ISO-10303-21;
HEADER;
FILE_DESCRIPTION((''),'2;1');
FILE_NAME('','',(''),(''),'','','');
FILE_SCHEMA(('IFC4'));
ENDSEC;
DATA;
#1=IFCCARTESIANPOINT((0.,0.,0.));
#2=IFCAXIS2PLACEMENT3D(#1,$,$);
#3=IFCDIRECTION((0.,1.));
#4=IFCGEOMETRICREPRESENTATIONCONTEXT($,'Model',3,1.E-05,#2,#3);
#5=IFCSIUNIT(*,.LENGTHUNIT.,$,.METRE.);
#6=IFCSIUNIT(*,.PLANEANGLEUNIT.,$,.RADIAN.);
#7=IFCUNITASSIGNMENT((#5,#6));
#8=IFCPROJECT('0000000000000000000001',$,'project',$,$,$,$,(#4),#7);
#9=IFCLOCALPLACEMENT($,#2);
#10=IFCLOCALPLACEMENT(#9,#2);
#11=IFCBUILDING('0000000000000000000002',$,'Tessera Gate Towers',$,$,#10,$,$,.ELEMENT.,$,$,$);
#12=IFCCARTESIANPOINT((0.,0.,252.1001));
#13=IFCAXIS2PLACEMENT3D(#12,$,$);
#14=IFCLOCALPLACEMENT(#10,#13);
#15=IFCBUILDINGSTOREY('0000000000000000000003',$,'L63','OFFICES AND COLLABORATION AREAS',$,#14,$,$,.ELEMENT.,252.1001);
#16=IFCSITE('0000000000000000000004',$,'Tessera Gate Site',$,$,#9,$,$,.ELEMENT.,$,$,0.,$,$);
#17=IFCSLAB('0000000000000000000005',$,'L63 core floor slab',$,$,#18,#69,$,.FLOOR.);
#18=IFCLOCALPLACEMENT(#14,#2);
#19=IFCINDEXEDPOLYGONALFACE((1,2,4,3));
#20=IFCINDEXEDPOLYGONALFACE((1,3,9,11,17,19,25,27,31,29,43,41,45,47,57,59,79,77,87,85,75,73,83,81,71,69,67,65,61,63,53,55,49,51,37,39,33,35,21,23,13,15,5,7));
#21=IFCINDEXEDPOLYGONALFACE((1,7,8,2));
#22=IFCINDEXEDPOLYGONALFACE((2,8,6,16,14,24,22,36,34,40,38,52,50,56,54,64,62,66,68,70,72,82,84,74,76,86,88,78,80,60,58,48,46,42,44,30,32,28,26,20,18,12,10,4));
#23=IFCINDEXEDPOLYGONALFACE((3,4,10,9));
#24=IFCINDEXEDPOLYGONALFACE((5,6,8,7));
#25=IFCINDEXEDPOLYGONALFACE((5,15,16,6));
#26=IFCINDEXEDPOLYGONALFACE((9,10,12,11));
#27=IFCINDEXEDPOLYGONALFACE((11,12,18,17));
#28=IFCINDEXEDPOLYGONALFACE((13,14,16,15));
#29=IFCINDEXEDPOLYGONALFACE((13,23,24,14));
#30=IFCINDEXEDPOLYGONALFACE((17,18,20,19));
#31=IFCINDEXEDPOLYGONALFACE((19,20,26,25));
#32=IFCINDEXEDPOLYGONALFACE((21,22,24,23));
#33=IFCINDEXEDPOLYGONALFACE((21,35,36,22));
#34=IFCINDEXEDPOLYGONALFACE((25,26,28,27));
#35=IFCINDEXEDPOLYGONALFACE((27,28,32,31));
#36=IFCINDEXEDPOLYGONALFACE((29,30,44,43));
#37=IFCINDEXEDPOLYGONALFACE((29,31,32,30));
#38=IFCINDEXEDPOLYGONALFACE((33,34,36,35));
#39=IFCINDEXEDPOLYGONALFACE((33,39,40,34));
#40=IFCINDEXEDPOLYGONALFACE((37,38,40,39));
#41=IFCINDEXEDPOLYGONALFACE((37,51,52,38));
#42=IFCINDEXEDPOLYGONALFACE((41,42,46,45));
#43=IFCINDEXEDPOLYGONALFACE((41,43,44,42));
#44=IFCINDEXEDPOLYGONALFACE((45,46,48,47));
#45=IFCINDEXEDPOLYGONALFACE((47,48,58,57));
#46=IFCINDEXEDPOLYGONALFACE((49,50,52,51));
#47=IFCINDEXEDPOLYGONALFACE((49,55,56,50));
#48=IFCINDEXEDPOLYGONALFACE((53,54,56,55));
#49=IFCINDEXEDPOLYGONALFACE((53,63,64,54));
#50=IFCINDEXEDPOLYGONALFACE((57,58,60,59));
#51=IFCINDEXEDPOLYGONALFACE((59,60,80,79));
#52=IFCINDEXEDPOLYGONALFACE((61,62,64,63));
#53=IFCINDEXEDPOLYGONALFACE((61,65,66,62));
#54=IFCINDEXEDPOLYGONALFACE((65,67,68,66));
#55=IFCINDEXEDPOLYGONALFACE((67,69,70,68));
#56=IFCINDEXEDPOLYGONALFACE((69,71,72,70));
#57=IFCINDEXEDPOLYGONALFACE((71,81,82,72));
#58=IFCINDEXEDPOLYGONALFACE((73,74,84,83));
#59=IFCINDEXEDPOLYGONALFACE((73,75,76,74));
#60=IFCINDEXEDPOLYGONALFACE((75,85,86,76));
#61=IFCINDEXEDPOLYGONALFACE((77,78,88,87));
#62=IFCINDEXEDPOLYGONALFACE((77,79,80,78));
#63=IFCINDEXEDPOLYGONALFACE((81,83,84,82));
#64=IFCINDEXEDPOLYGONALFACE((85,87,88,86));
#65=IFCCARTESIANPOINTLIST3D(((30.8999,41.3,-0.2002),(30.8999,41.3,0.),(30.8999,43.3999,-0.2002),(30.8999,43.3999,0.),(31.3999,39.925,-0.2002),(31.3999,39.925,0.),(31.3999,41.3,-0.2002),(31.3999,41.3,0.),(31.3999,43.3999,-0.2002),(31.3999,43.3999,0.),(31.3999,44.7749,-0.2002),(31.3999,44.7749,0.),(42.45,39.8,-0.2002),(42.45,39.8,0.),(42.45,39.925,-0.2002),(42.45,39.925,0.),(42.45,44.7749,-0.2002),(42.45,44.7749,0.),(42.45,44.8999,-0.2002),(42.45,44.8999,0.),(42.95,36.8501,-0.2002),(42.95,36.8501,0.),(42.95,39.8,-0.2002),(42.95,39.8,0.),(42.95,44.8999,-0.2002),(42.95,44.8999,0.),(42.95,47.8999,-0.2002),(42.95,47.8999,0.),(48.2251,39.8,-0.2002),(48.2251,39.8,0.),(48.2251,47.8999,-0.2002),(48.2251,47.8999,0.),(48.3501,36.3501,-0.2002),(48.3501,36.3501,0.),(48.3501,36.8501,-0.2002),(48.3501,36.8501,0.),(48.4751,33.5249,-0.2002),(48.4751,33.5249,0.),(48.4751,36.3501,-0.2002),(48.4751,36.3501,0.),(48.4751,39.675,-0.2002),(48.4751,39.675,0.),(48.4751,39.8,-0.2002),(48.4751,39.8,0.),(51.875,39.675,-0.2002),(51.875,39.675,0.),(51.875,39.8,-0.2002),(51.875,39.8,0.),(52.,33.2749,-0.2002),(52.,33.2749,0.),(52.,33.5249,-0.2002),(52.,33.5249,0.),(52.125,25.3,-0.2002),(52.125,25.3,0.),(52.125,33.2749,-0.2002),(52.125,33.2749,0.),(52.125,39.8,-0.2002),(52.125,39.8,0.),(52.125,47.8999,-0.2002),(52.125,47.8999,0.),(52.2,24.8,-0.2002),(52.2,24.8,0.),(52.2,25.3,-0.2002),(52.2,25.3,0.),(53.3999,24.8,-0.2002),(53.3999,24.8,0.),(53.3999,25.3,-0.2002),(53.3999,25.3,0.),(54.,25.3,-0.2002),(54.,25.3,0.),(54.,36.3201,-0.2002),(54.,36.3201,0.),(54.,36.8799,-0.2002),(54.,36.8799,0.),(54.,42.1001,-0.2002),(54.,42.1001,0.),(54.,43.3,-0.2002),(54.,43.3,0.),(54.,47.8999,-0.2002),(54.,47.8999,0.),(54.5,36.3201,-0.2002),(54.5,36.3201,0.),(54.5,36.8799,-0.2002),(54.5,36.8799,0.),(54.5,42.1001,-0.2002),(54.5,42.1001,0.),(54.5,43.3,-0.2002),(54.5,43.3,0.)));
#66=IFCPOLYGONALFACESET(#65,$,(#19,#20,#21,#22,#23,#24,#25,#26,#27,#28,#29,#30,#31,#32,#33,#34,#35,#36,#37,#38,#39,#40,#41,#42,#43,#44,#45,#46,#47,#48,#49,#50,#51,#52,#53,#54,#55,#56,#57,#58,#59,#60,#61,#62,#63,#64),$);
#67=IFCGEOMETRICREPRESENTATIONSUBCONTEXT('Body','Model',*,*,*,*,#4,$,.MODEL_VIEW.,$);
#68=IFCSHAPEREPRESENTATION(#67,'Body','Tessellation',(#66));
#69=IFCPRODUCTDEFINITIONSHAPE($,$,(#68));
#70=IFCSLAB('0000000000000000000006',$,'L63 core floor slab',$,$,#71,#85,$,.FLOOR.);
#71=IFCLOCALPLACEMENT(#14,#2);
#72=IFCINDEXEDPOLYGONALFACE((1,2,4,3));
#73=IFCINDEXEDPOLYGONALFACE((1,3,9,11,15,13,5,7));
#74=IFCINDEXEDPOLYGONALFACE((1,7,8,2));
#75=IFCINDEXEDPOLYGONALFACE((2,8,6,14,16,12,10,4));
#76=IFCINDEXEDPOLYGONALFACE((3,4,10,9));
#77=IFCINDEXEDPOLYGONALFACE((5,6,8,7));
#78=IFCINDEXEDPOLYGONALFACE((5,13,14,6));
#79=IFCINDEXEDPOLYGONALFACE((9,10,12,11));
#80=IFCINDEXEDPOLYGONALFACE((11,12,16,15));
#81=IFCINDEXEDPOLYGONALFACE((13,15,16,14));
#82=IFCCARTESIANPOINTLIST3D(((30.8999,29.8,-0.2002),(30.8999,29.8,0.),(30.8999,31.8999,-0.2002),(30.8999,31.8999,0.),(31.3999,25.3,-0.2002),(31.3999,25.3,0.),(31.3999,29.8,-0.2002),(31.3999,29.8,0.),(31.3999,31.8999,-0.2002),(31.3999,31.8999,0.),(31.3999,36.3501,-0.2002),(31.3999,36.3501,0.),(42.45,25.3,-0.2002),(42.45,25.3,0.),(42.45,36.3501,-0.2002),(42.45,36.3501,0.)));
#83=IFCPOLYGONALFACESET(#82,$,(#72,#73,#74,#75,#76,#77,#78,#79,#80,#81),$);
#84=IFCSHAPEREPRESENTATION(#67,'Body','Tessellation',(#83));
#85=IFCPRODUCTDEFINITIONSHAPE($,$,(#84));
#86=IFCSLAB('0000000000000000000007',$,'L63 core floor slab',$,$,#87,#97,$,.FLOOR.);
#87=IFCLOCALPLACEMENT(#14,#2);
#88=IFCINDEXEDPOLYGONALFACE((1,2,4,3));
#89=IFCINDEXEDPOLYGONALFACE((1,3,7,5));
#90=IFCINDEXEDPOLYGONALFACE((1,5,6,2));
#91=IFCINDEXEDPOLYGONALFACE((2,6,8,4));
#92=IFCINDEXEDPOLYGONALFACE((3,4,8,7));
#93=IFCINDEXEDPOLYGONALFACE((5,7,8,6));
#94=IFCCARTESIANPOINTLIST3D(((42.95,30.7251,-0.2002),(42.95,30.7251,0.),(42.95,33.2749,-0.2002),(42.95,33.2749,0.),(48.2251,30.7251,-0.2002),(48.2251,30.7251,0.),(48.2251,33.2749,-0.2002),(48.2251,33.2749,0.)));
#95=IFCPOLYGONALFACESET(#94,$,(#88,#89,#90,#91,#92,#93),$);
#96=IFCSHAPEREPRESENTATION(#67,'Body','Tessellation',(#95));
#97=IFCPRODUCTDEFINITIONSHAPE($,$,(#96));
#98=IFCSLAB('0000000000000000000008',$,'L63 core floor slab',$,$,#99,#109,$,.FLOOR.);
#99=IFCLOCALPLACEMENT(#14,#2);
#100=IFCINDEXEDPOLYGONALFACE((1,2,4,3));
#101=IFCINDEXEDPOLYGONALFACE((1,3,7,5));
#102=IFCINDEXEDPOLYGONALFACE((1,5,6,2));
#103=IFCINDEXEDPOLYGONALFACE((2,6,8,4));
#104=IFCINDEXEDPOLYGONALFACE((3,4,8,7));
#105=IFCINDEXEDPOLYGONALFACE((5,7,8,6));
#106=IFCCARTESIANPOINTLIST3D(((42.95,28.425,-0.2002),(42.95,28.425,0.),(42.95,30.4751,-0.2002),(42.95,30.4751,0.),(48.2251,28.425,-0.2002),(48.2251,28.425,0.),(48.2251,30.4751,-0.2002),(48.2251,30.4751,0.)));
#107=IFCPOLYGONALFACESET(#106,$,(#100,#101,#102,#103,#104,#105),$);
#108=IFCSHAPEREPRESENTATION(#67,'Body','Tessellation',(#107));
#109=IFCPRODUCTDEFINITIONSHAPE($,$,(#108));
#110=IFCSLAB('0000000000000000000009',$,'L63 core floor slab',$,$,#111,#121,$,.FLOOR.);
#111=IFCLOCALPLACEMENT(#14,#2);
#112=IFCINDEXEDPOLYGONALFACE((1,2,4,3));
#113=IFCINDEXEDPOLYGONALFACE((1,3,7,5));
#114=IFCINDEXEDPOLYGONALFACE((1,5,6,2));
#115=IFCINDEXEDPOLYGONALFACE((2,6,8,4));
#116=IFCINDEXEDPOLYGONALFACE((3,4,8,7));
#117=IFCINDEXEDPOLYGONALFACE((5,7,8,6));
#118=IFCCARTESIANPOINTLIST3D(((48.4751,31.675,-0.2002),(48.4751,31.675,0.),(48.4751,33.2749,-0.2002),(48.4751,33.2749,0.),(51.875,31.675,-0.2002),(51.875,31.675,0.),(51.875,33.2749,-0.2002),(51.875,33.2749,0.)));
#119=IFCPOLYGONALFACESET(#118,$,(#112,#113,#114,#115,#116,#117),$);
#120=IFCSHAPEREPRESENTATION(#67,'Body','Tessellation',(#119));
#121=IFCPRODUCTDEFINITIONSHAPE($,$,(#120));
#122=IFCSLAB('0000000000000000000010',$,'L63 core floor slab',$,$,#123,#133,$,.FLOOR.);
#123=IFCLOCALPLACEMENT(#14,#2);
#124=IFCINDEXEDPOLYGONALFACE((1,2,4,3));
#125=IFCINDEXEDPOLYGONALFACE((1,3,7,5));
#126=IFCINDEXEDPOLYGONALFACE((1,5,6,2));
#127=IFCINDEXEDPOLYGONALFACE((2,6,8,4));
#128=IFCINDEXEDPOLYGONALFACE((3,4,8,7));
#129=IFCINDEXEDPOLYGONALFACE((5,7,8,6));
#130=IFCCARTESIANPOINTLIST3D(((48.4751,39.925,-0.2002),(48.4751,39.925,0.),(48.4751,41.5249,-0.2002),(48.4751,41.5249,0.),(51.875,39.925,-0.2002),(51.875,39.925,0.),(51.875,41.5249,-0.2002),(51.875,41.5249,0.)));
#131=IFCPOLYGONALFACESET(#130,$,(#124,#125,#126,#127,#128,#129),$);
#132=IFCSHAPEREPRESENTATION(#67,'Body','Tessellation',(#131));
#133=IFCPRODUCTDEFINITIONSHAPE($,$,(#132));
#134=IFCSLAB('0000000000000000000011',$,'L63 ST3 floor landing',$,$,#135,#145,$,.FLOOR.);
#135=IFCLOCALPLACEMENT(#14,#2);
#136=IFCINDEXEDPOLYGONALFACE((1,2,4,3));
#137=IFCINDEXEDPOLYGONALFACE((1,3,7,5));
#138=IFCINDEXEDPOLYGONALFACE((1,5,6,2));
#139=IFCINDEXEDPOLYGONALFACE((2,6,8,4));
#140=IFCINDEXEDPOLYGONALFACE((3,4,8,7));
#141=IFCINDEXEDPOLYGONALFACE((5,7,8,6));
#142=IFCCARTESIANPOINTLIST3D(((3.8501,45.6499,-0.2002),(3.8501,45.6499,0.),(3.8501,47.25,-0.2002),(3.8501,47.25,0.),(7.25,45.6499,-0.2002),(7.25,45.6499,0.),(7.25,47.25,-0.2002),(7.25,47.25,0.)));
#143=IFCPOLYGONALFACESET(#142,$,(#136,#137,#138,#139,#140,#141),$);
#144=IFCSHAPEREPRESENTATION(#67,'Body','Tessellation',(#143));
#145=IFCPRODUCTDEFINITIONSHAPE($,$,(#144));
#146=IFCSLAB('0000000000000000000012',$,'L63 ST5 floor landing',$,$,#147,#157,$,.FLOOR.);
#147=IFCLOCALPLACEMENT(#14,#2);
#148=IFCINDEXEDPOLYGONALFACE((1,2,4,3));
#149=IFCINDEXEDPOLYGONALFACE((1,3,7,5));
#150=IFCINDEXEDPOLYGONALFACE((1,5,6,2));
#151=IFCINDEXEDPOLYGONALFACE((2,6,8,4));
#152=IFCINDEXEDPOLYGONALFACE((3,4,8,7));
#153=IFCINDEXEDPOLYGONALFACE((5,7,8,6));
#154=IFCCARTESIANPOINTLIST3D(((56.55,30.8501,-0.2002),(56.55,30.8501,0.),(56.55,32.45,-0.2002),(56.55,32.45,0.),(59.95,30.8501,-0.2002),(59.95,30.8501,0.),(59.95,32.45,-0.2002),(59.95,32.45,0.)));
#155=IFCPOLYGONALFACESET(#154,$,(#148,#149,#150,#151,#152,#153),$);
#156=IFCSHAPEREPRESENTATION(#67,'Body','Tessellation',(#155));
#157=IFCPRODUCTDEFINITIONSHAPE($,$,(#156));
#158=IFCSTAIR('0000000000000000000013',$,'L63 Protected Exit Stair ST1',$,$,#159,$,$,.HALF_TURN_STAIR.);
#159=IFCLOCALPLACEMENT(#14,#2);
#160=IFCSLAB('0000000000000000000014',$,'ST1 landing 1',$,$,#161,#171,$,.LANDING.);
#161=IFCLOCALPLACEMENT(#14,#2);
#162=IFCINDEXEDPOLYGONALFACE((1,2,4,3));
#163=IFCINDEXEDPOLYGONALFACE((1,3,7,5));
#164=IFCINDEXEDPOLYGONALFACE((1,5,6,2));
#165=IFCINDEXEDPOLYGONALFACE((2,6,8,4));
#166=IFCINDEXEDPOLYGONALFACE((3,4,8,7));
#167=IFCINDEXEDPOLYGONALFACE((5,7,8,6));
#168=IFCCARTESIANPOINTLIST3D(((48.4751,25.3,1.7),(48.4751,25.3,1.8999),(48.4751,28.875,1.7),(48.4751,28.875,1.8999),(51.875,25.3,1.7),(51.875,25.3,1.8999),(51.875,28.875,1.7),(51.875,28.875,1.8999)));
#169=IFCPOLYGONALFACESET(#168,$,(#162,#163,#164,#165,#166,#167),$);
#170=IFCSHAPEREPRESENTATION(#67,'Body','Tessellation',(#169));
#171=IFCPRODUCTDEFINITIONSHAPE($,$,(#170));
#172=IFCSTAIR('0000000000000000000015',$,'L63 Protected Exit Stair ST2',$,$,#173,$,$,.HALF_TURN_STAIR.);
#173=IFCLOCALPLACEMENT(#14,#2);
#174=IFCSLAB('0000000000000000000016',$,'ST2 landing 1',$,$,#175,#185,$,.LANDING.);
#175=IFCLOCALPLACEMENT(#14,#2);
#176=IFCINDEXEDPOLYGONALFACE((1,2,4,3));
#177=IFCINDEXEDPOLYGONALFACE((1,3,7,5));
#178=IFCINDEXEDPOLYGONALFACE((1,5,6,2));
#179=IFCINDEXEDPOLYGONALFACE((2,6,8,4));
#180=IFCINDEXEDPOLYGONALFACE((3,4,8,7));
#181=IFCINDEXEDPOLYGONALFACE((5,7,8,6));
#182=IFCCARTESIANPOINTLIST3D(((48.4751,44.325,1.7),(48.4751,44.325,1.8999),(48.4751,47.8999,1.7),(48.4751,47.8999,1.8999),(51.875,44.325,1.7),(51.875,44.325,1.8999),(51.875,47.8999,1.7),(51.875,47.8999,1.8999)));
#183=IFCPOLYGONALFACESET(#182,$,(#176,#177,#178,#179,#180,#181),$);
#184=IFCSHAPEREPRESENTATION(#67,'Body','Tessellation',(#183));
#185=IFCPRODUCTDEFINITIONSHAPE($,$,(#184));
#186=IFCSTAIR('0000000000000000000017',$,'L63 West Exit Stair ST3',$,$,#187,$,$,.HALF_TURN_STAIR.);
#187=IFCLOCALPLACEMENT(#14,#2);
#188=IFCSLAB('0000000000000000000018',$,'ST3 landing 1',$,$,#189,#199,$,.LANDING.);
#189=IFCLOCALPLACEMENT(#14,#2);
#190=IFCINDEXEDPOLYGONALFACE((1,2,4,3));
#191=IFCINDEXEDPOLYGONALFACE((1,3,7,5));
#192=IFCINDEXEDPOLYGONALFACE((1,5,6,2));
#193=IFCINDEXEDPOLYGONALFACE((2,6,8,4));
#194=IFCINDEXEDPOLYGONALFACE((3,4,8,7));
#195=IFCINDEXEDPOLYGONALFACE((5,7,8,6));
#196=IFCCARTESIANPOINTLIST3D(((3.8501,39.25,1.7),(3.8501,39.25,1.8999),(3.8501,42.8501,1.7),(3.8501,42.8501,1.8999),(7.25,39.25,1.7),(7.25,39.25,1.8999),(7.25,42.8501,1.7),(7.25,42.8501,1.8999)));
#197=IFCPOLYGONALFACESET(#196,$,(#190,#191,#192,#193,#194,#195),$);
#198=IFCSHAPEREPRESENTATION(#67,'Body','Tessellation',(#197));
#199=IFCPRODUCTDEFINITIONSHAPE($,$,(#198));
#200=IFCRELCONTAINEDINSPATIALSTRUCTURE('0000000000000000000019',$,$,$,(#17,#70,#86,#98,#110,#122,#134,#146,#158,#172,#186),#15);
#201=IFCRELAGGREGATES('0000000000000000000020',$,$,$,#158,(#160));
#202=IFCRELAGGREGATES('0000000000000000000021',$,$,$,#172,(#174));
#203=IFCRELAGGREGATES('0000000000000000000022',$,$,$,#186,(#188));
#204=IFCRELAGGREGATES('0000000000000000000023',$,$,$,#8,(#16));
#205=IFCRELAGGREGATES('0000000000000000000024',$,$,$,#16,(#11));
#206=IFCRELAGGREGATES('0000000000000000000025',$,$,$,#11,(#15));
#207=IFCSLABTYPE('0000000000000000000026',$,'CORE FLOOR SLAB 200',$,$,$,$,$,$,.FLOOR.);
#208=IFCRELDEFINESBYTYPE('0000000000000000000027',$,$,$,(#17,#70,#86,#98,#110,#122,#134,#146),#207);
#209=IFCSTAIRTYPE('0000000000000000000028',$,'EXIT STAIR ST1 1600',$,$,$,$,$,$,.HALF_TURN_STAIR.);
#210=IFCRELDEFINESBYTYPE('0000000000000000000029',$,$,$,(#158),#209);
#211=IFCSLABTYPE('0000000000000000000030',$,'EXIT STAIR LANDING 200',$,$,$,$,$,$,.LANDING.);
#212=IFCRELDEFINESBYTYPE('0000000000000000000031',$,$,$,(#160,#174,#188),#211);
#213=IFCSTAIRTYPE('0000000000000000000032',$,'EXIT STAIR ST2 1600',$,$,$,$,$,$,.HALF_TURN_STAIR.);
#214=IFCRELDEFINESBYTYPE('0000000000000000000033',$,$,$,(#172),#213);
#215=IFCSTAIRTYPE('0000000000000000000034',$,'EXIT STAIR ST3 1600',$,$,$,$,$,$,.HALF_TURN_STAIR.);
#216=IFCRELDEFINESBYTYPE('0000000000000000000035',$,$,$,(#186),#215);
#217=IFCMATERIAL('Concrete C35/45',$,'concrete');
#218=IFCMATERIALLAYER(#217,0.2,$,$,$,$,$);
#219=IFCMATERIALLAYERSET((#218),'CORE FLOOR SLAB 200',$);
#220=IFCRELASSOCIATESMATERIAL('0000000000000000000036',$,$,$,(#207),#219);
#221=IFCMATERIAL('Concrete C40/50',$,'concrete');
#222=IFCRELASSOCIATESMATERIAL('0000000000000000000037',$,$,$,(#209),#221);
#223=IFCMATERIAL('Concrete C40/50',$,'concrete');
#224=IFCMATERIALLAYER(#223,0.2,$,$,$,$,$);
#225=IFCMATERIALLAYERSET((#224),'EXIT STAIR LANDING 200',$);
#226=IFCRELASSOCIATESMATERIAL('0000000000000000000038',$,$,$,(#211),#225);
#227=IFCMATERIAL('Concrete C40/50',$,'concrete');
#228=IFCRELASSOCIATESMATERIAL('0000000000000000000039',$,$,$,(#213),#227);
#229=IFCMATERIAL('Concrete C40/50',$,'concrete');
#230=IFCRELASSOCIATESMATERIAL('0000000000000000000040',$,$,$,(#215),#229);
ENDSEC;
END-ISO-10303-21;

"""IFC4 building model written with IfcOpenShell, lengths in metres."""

from ifc_helpers import new_model, si_unit, direction, frame, origin, place, context, subcontext, project, spatial, polyline, outline, extrude, material, layer, layer_set, type_object, element, aggregate, save


model = new_model("IFC4")

# Units and contexts
model_context = context("Model", 3, precision=1e-05, world=origin(), true_north=direction((0.0, 1.0)))
body_context = subcontext(model_context, "Body", "Model", "MODEL_VIEW")
ifc_project = project(units=[si_unit("LENGTHUNIT", "METRE"), si_unit("PLANEANGLEUNIT", "RADIAN")], contexts=[model_context])

# Site, building, storey
site_placement = place(None, origin())
site = spatial("IfcSite", under=ifc_project, at=site_placement, Name="Tessera Gate Site", CompositionType="ELEMENT", RefElevation=0.0)
building_placement = place(site_placement, origin())
building = spatial("IfcBuilding", under=site, at=building_placement, Name="Tessera Gate Towers", CompositionType="ELEMENT")
storey_placement = place(building_placement, frame((0.0, 0.0, 252.1001)))
storey = spatial("IfcBuildingStorey", under=building, at=storey_placement, Name="L63", Description="OFFICES AND COLLABORATION AREAS", CompositionType="ELEMENT", Elevation=252.1001)

# Slabs
ifc_material_1 = material(Name="Concrete C35/45", Category="concrete")
ifc_layer_1 = layer(ifc_material_1, 0.2)
ifc_layer_set_1 = layer_set([ifc_layer_1], Name="CORE FLOOR SLAB 200")
slab_type_1 = type_object("IfcSlabType", Name="CORE FLOOR SLAB 200", PredefinedType="FLOOR", material=ifc_layer_set_1)
slab_1_placement = place(storey_placement, frame((0.0, 0.0, -0.2002)))
element("IfcSlab", 1, at=slab_1_placement, inside=storey, type_object=slab_type_1, Name="L63 core floor slab", PredefinedType="FLOOR", context=body_context, shape_type="SweptSolid", body=[
    extrude(outline(polyline([(42.45, 44.8999), (42.45, 44.7749), (31.3999, 44.7749), (31.3999, 43.3999), (30.8999, 43.3999), (30.8999, 41.3), (31.3999, 41.3), (31.3999, 39.925), (42.45, 39.925), (42.45, 39.8), (42.95, 39.8), (42.95, 36.8501), (48.3501, 36.8501), (48.3501, 36.3501), (48.4751, 36.3501), (48.4751, 33.5249), (52.0, 33.5249), (52.0, 33.2749), (52.125, 33.2749), (52.125, 25.3), (52.2, 25.3), (52.2, 24.8), (53.3999, 24.8), (53.3999, 25.3), (54.0, 25.3), (54.0, 36.3201), (54.5, 36.3201), (54.5, 36.8799), (54.0, 36.8799), (54.0, 42.1001), (54.5, 42.1001), (54.5, 43.3), (54.0, 43.3), (54.0, 47.8999), (52.125, 47.8999), (52.125, 39.8), (51.875, 39.8), (51.875, 39.675), (48.4751, 39.675), (48.4751, 39.8), (48.2251, 39.8), (48.2251, 47.8999), (42.95, 47.8999), (42.95, 44.8999), (42.45, 44.8999)])), origin(), (0.0, 0.0, 1.0), 0.2002),
])
slab_2_placement = place(storey_placement, frame((0.0, 0.0, -0.2002)))
element("IfcSlab", 2, at=slab_2_placement, inside=storey, type_object=slab_type_1, Name="L63 core floor slab", PredefinedType="FLOOR", context=body_context, shape_type="SweptSolid", body=[
    extrude(outline(polyline([(31.3999, 36.3501), (31.3999, 31.8999), (30.8999, 31.8999), (30.8999, 29.8), (31.3999, 29.8), (31.3999, 25.3), (42.45, 25.3), (42.45, 36.3501), (31.3999, 36.3501)])), origin(), (0.0, 0.0, 1.0), 0.2002),
])
slab_3_placement = place(storey_placement, frame((0.0, 0.0, -0.2002)))
element("IfcSlab", 3, at=slab_3_placement, inside=storey, type_object=slab_type_1, Name="L63 core floor slab", PredefinedType="FLOOR", context=body_context, shape_type="SweptSolid", body=[
    extrude(outline(polyline([(42.95, 33.2749), (42.95, 30.7251), (48.2251, 30.7251), (48.2251, 33.2749), (42.95, 33.2749)])), origin(), (0.0, 0.0, 1.0), 0.2002),
])
slab_4_placement = place(storey_placement, frame((0.0, 0.0, -0.2002)))
element("IfcSlab", 4, at=slab_4_placement, inside=storey, type_object=slab_type_1, Name="L63 core floor slab", PredefinedType="FLOOR", context=body_context, shape_type="SweptSolid", body=[
    extrude(outline(polyline([(48.2251, 30.4751), (42.95, 30.4751), (42.95, 28.425), (48.2251, 28.425), (48.2251, 30.4751)])), origin(), (0.0, 0.0, 1.0), 0.2002),
])
slab_5_placement = place(storey_placement, frame((0.0, 0.0, -0.2002)))
element("IfcSlab", 5, at=slab_5_placement, inside=storey, type_object=slab_type_1, Name="L63 core floor slab", PredefinedType="FLOOR", context=body_context, shape_type="SweptSolid", body=[
    extrude(outline(polyline([(51.875, 31.675), (51.875, 33.2749), (48.4751, 33.2749), (48.4751, 31.675), (51.875, 31.675)])), origin(), (0.0, 0.0, 1.0), 0.2002),
])
slab_6_placement = place(storey_placement, frame((0.0, 0.0, -0.2002)))
element("IfcSlab", 6, at=slab_6_placement, inside=storey, type_object=slab_type_1, Name="L63 core floor slab", PredefinedType="FLOOR", context=body_context, shape_type="SweptSolid", body=[
    extrude(outline(polyline([(48.4751, 41.5249), (48.4751, 39.925), (51.875, 39.925), (51.875, 41.5249), (48.4751, 41.5249)])), origin(), (0.0, 0.0, 1.0), 0.2002),
])
slab_7_placement = place(storey_placement, frame((0.0, 0.0, -0.2002)))
element("IfcSlab", 7, at=slab_7_placement, inside=storey, type_object=slab_type_1, Name="L63 ST3 floor landing", PredefinedType="FLOOR", context=body_context, shape_type="SweptSolid", body=[
    extrude(outline(polyline([(3.8501, 47.25), (3.8501, 45.6499), (7.25, 45.6499), (7.25, 47.25), (3.8501, 47.25)])), origin(), (0.0, 0.0, 1.0), 0.2002),
])
slab_8_placement = place(storey_placement, frame((0.0, 0.0, -0.2002)))
element("IfcSlab", 8, at=slab_8_placement, inside=storey, type_object=slab_type_1, Name="L63 ST5 floor landing", PredefinedType="FLOOR", context=body_context, shape_type="SweptSolid", body=[
    extrude(outline(polyline([(59.95, 30.8501), (59.95, 32.45), (56.55, 32.45), (56.55, 30.8501), (59.95, 30.8501)])), origin(), (0.0, 0.0, 1.0), 0.2002),
])

# Stairs, slabs
ifc_material_2 = material(Name="Concrete C40/50", Category="concrete")
stair_type_1 = type_object("IfcStairType", Name="EXIT STAIR ST1 1600", PredefinedType="HALF_TURN_STAIR", material=ifc_material_2)
stair_1_placement = place(storey_placement, origin())
stair_1 = element("IfcStair", 9, at=stair_1_placement, inside=storey, type_object=stair_type_1, Name="L63 Protected Exit Stair ST1", PredefinedType="HALF_TURN_STAIR")
ifc_material_3 = material(Name="Concrete C40/50", Category="concrete")
ifc_layer_2 = layer(ifc_material_3, 0.2)
ifc_layer_set_2 = layer_set([ifc_layer_2], Name="EXIT STAIR LANDING 200")
slab_type_2 = type_object("IfcSlabType", Name="EXIT STAIR LANDING 200", PredefinedType="LANDING", material=ifc_layer_set_2)
slab_9_placement = place(storey_placement, frame((0.0, 0.0, 1.7)))
slab_9 = element("IfcSlab", 10, at=slab_9_placement, type_object=slab_type_2, Name="ST1 landing 1", PredefinedType="LANDING", context=body_context, shape_type="SweptSolid", body=[
    extrude(outline(polyline([(48.4751, 28.875), (48.4751, 25.3), (51.875, 25.3), (51.875, 28.875), (48.4751, 28.875)])), origin(), (0.0, 0.0, 1.0), 0.2),
])
aggregate(stair_1, [slab_9])
ifc_material_4 = material(Name="Concrete C40/50", Category="concrete")
stair_type_2 = type_object("IfcStairType", Name="EXIT STAIR ST2 1600", PredefinedType="HALF_TURN_STAIR", material=ifc_material_4)
stair_2_placement = place(storey_placement, origin())
stair_2 = element("IfcStair", 11, at=stair_2_placement, inside=storey, type_object=stair_type_2, Name="L63 Protected Exit Stair ST2", PredefinedType="HALF_TURN_STAIR")
slab_10_placement = place(storey_placement, frame((0.0, 0.0, 1.7)))
slab_10 = element("IfcSlab", 12, at=slab_10_placement, type_object=slab_type_2, Name="ST2 landing 1", PredefinedType="LANDING", context=body_context, shape_type="SweptSolid", body=[
    extrude(outline(polyline([(51.875, 44.325), (51.875, 47.8999), (48.4751, 47.8999), (48.4751, 44.325), (51.875, 44.325)])), origin(), (0.0, 0.0, 1.0), 0.2),
])
aggregate(stair_2, [slab_10])
ifc_material_5 = material(Name="Concrete C40/50", Category="concrete")
stair_type_3 = type_object("IfcStairType", Name="EXIT STAIR ST3 1600", PredefinedType="HALF_TURN_STAIR", material=ifc_material_5)
stair_3_placement = place(storey_placement, origin())
stair_3 = element("IfcStair", 13, at=stair_3_placement, inside=storey, type_object=stair_type_3, Name="L63 West Exit Stair ST3", PredefinedType="HALF_TURN_STAIR")
slab_11_placement = place(storey_placement, frame((0.0, 0.0, 1.7)))
slab_11 = element("IfcSlab", 14, at=slab_11_placement, type_object=slab_type_2, Name="ST3 landing 1", PredefinedType="LANDING", context=body_context, shape_type="SweptSolid", body=[
    extrude(outline(polyline([(3.8501, 42.8501), (3.8501, 39.25), (7.25, 39.25), (7.25, 42.8501), (3.8501, 42.8501)])), origin(), (0.0, 0.0, 1.0), 0.2),
])
aggregate(stair_3, [slab_11])

save(model, "model.ifc")
